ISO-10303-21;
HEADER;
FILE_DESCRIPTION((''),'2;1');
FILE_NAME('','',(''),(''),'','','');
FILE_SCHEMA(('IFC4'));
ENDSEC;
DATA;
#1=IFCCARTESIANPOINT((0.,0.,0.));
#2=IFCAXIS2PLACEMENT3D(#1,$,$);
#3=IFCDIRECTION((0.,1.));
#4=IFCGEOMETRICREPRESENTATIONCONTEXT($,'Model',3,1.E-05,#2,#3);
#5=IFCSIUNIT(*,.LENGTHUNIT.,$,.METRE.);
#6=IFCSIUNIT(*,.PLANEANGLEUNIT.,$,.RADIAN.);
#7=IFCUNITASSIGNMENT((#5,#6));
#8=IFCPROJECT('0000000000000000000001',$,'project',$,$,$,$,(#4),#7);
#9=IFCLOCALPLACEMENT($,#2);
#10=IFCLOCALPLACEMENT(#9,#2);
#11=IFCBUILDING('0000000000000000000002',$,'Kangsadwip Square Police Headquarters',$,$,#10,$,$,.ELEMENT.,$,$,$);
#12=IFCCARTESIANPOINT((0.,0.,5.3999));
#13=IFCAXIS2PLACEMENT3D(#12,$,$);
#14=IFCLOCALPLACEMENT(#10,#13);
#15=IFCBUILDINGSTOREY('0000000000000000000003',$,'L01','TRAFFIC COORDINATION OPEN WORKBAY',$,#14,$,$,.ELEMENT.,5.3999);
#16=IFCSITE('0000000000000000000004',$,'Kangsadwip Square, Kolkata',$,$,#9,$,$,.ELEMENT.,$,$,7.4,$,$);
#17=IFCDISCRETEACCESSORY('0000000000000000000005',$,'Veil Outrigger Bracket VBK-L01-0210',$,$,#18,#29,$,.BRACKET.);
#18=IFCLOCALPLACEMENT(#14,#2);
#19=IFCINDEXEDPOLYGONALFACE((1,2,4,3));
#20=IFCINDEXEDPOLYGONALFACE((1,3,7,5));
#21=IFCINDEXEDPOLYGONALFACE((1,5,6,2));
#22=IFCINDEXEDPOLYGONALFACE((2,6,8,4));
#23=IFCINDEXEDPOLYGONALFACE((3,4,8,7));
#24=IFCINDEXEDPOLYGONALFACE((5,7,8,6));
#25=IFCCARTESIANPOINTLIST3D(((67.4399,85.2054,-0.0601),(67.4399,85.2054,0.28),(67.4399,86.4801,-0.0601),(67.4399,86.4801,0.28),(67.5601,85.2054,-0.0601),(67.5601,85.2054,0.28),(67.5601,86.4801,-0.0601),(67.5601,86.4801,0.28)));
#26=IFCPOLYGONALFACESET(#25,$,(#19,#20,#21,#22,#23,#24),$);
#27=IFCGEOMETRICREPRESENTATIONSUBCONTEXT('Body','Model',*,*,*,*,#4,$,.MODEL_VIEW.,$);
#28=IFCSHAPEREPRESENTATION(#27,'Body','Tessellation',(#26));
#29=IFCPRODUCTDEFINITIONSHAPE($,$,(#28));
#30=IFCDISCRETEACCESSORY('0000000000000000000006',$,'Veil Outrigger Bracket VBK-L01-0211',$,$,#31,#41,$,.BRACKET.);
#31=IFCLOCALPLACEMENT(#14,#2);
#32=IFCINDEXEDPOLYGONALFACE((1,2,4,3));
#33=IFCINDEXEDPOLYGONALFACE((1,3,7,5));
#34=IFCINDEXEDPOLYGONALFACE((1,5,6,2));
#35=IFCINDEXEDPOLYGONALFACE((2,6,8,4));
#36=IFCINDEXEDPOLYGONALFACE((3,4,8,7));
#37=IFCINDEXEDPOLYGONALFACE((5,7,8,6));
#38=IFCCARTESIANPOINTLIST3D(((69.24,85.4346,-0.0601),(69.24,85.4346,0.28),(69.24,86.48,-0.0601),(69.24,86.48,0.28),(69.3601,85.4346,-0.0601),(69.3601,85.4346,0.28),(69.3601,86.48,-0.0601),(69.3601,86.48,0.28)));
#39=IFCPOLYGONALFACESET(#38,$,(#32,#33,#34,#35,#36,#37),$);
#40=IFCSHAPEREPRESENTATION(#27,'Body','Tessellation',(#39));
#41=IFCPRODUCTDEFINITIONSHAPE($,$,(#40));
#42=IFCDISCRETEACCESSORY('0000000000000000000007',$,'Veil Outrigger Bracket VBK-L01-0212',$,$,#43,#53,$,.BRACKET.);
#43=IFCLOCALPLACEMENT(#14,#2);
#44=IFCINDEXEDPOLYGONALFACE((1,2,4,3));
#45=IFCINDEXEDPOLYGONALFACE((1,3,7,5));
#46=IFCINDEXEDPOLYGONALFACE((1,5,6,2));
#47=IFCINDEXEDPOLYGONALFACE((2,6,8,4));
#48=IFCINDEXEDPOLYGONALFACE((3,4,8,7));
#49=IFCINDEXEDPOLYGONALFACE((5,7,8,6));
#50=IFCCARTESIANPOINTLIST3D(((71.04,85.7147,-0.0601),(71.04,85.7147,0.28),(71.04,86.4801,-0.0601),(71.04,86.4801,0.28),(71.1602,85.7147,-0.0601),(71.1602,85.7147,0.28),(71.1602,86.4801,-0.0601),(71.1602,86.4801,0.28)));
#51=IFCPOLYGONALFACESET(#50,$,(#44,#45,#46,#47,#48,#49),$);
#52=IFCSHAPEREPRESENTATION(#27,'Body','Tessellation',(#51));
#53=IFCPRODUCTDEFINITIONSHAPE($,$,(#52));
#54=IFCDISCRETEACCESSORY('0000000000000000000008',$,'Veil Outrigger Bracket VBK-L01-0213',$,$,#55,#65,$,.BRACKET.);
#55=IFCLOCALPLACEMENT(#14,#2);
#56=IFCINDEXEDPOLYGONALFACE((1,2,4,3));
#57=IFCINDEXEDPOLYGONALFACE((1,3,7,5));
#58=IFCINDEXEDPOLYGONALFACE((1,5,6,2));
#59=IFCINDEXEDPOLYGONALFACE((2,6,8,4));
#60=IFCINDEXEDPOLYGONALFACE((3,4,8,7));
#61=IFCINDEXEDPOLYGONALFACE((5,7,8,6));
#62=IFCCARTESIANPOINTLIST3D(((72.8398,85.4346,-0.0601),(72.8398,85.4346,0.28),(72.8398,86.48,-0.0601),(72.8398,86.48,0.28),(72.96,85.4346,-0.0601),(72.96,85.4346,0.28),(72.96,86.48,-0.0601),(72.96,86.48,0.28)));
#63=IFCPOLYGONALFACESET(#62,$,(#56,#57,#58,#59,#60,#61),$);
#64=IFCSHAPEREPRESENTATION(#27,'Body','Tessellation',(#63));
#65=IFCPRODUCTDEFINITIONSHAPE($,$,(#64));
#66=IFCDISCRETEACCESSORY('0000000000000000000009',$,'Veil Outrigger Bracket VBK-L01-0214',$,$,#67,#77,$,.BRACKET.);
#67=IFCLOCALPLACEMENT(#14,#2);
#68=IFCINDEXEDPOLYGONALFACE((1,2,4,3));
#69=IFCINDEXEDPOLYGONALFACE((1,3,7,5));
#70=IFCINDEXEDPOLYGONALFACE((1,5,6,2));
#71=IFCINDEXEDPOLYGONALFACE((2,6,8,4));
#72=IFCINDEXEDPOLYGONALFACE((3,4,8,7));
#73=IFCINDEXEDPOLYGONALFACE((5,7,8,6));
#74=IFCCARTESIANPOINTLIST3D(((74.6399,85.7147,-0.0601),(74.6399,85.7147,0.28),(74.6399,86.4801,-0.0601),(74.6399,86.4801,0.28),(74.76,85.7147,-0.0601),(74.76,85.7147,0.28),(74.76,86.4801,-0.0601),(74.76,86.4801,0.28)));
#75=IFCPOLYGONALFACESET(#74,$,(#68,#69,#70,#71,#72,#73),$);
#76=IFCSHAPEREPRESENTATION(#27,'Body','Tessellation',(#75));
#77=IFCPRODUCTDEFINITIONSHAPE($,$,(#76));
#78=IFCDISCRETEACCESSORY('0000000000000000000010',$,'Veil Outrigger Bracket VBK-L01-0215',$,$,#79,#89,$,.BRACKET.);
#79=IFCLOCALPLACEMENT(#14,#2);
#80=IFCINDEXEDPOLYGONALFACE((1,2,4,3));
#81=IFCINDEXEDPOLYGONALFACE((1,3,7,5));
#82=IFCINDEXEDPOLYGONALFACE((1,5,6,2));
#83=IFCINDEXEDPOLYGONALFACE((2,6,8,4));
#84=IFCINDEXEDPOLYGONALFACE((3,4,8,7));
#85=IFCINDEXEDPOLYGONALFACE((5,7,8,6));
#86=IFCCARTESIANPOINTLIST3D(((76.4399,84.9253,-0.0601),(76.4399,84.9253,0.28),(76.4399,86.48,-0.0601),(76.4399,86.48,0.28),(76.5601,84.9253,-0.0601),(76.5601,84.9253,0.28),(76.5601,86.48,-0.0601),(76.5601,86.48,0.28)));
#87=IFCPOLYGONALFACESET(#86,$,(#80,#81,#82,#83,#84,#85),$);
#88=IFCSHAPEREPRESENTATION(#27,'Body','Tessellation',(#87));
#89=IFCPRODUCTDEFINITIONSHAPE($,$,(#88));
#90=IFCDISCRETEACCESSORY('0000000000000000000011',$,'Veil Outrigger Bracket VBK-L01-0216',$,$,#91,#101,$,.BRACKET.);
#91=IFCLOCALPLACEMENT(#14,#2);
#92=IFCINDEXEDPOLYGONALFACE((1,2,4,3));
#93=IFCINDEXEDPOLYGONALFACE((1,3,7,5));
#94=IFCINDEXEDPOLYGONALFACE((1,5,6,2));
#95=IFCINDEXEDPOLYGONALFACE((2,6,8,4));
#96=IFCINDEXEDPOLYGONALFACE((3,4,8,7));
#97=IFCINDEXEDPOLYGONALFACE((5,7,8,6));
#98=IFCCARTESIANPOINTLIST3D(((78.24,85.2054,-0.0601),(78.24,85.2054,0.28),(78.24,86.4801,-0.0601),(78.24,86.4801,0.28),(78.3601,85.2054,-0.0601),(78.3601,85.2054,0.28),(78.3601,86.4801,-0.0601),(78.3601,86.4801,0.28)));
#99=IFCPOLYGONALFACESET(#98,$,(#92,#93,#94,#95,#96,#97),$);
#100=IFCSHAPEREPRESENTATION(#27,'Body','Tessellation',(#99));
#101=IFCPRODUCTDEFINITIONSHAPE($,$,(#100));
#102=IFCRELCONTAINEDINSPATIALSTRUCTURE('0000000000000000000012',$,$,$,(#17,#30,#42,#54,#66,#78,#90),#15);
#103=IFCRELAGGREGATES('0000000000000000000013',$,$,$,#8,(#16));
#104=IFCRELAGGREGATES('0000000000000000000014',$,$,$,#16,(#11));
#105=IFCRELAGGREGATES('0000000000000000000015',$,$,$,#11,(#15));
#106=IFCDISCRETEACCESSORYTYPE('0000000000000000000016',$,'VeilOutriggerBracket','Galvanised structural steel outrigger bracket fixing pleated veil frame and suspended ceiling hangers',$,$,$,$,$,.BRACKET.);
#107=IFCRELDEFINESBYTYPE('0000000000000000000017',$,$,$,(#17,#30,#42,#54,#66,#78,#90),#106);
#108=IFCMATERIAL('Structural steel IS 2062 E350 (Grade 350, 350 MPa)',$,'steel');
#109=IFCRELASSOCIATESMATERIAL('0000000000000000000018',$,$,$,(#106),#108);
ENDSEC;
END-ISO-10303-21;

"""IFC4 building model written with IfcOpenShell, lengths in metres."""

from ifc_helpers import new_model, si_unit, direction, frame, origin, origin_2d, place, context, subcontext, project, spatial, rectangle, extrude, material, type_object, element, save


model = new_model("IFC4")

# Units and contexts
model_context = context("Model", 3, precision=1e-05, world=origin(), true_north=direction((0.0, 1.0)))
body_context = subcontext(model_context, "Body", "Model", "MODEL_VIEW")
ifc_project = project(units=[si_unit("LENGTHUNIT", "METRE"), si_unit("PLANEANGLEUNIT", "RADIAN")], contexts=[model_context])

# Site, building, storey
site_placement = place(None, origin())
site = spatial("IfcSite", under=ifc_project, at=site_placement, Name="Kangsadwip Square, Kolkata", CompositionType="ELEMENT", RefElevation=7.4)
building_placement = place(site_placement, origin())
building = spatial("IfcBuilding", under=site, at=building_placement, Name="Kangsadwip Square Police Headquarters", CompositionType="ELEMENT")
storey_placement = place(building_placement, frame((0.0, 0.0, 5.3999)))
storey = spatial("IfcBuildingStorey", under=building, at=storey_placement, Name="L01", Description="TRAFFIC COORDINATION OPEN WORKBAY", CompositionType="ELEMENT", Elevation=5.3999)

# Discrete accessories
ifc_material_1 = material(Name="Structural steel IS 2062 E350 (Grade 350, 350 MPa)", Category="steel")
discrete_accessory_type = type_object("IfcDiscreteAccessoryType", Name="VeilOutriggerBracket", Description="Galvanised structural steel outrigger bracket fixing pleated veil frame and suspended ceiling hangers", PredefinedType="BRACKET", material=ifc_material_1)
discrete_accessory_1_placement = place(storey_placement, frame((67.5, 85.8428, -0.0601), z_axis=(0.0, 0.0, 1.0), x_axis=(1.0, 0.0, 0.0)))
element("IfcDiscreteAccessory", 1, at=discrete_accessory_1_placement, inside=storey, type_object=discrete_accessory_type, Name="Veil Outrigger Bracket VBK-L01-0210", PredefinedType="BRACKET", context=body_context, shape_type="SweptSolid", body=[
    extrude(rectangle(XDim=0.1201, YDim=1.2747, at=origin_2d()), origin(), (0.0, 0.0, 1.0), 0.3401),
])
discrete_accessory_2_placement = place(storey_placement, frame((69.3, 85.9573, -0.0601), z_axis=(0.0, 0.0, 1.0), x_axis=(1.0, 0.0, 0.0)))
element("IfcDiscreteAccessory", 2, at=discrete_accessory_2_placement, inside=storey, type_object=discrete_accessory_type, Name="Veil Outrigger Bracket VBK-L01-0211", PredefinedType="BRACKET", context=body_context, shape_type="SweptSolid", body=[
    extrude(rectangle(XDim=0.1201, YDim=1.0454, at=origin_2d()), origin(), (0.0, 0.0, 1.0), 0.3401),
])
discrete_accessory_3_placement = place(storey_placement, frame((71.1001, 86.0974, -0.0601), z_axis=(0.0, 0.0, 1.0), x_axis=(1.0, 0.0, 0.0)))
element("IfcDiscreteAccessory", 3, at=discrete_accessory_3_placement, inside=storey, type_object=discrete_accessory_type, Name="Veil Outrigger Bracket VBK-L01-0212", PredefinedType="BRACKET", context=body_context, shape_type="SweptSolid", body=[
    extrude(rectangle(XDim=0.1201, YDim=0.7654, at=origin_2d()), origin(), (0.0, 0.0, 1.0), 0.3401),
])
discrete_accessory_4_placement = place(storey_placement, frame((72.8999, 85.9573, -0.0601), z_axis=(0.0, 0.0, 1.0), x_axis=(1.0, 0.0, 0.0)))
element("IfcDiscreteAccessory", 4, at=discrete_accessory_4_placement, inside=storey, type_object=discrete_accessory_type, Name="Veil Outrigger Bracket VBK-L01-0213", PredefinedType="BRACKET", context=body_context, shape_type="SweptSolid", body=[
    extrude(rectangle(XDim=0.1201, YDim=1.0454, at=origin_2d()), origin(), (0.0, 0.0, 1.0), 0.3401),
])
discrete_accessory_5_placement = place(storey_placement, frame((74.7, 86.0974, -0.0601), z_axis=(0.0, 0.0, 1.0), x_axis=(1.0, 0.0, 0.0)))
element("IfcDiscreteAccessory", 5, at=discrete_accessory_5_placement, inside=storey, type_object=discrete_accessory_type, Name="Veil Outrigger Bracket VBK-L01-0214", PredefinedType="BRACKET", context=body_context, shape_type="SweptSolid", body=[
    extrude(rectangle(XDim=0.1201, YDim=0.7654, at=origin_2d()), origin(), (0.0, 0.0, 1.0), 0.3401),
])
discrete_accessory_6_placement = place(storey_placement, frame((76.5, 85.7026, -0.0601), z_axis=(0.0, 0.0, 1.0), x_axis=(1.0, 0.0, 0.0)))
element("IfcDiscreteAccessory", 6, at=discrete_accessory_6_placement, inside=storey, type_object=discrete_accessory_type, Name="Veil Outrigger Bracket VBK-L01-0215", PredefinedType="BRACKET", context=body_context, shape_type="SweptSolid", body=[
    extrude(rectangle(XDim=0.1201, YDim=1.5547, at=origin_2d()), origin(), (0.0, 0.0, 1.0), 0.3401),
])
discrete_accessory_7_placement = place(storey_placement, frame((78.3, 85.8428, -0.0601), z_axis=(0.0, 0.0, 1.0), x_axis=(1.0, 0.0, 0.0)))
element("IfcDiscreteAccessory", 7, at=discrete_accessory_7_placement, inside=storey, type_object=discrete_accessory_type, Name="Veil Outrigger Bracket VBK-L01-0216", PredefinedType="BRACKET", context=body_context, shape_type="SweptSolid", body=[
    extrude(rectangle(XDim=0.1201, YDim=1.2747, at=origin_2d()), origin(), (0.0, 0.0, 1.0), 0.3401),
])

save(model, "model.ifc")
